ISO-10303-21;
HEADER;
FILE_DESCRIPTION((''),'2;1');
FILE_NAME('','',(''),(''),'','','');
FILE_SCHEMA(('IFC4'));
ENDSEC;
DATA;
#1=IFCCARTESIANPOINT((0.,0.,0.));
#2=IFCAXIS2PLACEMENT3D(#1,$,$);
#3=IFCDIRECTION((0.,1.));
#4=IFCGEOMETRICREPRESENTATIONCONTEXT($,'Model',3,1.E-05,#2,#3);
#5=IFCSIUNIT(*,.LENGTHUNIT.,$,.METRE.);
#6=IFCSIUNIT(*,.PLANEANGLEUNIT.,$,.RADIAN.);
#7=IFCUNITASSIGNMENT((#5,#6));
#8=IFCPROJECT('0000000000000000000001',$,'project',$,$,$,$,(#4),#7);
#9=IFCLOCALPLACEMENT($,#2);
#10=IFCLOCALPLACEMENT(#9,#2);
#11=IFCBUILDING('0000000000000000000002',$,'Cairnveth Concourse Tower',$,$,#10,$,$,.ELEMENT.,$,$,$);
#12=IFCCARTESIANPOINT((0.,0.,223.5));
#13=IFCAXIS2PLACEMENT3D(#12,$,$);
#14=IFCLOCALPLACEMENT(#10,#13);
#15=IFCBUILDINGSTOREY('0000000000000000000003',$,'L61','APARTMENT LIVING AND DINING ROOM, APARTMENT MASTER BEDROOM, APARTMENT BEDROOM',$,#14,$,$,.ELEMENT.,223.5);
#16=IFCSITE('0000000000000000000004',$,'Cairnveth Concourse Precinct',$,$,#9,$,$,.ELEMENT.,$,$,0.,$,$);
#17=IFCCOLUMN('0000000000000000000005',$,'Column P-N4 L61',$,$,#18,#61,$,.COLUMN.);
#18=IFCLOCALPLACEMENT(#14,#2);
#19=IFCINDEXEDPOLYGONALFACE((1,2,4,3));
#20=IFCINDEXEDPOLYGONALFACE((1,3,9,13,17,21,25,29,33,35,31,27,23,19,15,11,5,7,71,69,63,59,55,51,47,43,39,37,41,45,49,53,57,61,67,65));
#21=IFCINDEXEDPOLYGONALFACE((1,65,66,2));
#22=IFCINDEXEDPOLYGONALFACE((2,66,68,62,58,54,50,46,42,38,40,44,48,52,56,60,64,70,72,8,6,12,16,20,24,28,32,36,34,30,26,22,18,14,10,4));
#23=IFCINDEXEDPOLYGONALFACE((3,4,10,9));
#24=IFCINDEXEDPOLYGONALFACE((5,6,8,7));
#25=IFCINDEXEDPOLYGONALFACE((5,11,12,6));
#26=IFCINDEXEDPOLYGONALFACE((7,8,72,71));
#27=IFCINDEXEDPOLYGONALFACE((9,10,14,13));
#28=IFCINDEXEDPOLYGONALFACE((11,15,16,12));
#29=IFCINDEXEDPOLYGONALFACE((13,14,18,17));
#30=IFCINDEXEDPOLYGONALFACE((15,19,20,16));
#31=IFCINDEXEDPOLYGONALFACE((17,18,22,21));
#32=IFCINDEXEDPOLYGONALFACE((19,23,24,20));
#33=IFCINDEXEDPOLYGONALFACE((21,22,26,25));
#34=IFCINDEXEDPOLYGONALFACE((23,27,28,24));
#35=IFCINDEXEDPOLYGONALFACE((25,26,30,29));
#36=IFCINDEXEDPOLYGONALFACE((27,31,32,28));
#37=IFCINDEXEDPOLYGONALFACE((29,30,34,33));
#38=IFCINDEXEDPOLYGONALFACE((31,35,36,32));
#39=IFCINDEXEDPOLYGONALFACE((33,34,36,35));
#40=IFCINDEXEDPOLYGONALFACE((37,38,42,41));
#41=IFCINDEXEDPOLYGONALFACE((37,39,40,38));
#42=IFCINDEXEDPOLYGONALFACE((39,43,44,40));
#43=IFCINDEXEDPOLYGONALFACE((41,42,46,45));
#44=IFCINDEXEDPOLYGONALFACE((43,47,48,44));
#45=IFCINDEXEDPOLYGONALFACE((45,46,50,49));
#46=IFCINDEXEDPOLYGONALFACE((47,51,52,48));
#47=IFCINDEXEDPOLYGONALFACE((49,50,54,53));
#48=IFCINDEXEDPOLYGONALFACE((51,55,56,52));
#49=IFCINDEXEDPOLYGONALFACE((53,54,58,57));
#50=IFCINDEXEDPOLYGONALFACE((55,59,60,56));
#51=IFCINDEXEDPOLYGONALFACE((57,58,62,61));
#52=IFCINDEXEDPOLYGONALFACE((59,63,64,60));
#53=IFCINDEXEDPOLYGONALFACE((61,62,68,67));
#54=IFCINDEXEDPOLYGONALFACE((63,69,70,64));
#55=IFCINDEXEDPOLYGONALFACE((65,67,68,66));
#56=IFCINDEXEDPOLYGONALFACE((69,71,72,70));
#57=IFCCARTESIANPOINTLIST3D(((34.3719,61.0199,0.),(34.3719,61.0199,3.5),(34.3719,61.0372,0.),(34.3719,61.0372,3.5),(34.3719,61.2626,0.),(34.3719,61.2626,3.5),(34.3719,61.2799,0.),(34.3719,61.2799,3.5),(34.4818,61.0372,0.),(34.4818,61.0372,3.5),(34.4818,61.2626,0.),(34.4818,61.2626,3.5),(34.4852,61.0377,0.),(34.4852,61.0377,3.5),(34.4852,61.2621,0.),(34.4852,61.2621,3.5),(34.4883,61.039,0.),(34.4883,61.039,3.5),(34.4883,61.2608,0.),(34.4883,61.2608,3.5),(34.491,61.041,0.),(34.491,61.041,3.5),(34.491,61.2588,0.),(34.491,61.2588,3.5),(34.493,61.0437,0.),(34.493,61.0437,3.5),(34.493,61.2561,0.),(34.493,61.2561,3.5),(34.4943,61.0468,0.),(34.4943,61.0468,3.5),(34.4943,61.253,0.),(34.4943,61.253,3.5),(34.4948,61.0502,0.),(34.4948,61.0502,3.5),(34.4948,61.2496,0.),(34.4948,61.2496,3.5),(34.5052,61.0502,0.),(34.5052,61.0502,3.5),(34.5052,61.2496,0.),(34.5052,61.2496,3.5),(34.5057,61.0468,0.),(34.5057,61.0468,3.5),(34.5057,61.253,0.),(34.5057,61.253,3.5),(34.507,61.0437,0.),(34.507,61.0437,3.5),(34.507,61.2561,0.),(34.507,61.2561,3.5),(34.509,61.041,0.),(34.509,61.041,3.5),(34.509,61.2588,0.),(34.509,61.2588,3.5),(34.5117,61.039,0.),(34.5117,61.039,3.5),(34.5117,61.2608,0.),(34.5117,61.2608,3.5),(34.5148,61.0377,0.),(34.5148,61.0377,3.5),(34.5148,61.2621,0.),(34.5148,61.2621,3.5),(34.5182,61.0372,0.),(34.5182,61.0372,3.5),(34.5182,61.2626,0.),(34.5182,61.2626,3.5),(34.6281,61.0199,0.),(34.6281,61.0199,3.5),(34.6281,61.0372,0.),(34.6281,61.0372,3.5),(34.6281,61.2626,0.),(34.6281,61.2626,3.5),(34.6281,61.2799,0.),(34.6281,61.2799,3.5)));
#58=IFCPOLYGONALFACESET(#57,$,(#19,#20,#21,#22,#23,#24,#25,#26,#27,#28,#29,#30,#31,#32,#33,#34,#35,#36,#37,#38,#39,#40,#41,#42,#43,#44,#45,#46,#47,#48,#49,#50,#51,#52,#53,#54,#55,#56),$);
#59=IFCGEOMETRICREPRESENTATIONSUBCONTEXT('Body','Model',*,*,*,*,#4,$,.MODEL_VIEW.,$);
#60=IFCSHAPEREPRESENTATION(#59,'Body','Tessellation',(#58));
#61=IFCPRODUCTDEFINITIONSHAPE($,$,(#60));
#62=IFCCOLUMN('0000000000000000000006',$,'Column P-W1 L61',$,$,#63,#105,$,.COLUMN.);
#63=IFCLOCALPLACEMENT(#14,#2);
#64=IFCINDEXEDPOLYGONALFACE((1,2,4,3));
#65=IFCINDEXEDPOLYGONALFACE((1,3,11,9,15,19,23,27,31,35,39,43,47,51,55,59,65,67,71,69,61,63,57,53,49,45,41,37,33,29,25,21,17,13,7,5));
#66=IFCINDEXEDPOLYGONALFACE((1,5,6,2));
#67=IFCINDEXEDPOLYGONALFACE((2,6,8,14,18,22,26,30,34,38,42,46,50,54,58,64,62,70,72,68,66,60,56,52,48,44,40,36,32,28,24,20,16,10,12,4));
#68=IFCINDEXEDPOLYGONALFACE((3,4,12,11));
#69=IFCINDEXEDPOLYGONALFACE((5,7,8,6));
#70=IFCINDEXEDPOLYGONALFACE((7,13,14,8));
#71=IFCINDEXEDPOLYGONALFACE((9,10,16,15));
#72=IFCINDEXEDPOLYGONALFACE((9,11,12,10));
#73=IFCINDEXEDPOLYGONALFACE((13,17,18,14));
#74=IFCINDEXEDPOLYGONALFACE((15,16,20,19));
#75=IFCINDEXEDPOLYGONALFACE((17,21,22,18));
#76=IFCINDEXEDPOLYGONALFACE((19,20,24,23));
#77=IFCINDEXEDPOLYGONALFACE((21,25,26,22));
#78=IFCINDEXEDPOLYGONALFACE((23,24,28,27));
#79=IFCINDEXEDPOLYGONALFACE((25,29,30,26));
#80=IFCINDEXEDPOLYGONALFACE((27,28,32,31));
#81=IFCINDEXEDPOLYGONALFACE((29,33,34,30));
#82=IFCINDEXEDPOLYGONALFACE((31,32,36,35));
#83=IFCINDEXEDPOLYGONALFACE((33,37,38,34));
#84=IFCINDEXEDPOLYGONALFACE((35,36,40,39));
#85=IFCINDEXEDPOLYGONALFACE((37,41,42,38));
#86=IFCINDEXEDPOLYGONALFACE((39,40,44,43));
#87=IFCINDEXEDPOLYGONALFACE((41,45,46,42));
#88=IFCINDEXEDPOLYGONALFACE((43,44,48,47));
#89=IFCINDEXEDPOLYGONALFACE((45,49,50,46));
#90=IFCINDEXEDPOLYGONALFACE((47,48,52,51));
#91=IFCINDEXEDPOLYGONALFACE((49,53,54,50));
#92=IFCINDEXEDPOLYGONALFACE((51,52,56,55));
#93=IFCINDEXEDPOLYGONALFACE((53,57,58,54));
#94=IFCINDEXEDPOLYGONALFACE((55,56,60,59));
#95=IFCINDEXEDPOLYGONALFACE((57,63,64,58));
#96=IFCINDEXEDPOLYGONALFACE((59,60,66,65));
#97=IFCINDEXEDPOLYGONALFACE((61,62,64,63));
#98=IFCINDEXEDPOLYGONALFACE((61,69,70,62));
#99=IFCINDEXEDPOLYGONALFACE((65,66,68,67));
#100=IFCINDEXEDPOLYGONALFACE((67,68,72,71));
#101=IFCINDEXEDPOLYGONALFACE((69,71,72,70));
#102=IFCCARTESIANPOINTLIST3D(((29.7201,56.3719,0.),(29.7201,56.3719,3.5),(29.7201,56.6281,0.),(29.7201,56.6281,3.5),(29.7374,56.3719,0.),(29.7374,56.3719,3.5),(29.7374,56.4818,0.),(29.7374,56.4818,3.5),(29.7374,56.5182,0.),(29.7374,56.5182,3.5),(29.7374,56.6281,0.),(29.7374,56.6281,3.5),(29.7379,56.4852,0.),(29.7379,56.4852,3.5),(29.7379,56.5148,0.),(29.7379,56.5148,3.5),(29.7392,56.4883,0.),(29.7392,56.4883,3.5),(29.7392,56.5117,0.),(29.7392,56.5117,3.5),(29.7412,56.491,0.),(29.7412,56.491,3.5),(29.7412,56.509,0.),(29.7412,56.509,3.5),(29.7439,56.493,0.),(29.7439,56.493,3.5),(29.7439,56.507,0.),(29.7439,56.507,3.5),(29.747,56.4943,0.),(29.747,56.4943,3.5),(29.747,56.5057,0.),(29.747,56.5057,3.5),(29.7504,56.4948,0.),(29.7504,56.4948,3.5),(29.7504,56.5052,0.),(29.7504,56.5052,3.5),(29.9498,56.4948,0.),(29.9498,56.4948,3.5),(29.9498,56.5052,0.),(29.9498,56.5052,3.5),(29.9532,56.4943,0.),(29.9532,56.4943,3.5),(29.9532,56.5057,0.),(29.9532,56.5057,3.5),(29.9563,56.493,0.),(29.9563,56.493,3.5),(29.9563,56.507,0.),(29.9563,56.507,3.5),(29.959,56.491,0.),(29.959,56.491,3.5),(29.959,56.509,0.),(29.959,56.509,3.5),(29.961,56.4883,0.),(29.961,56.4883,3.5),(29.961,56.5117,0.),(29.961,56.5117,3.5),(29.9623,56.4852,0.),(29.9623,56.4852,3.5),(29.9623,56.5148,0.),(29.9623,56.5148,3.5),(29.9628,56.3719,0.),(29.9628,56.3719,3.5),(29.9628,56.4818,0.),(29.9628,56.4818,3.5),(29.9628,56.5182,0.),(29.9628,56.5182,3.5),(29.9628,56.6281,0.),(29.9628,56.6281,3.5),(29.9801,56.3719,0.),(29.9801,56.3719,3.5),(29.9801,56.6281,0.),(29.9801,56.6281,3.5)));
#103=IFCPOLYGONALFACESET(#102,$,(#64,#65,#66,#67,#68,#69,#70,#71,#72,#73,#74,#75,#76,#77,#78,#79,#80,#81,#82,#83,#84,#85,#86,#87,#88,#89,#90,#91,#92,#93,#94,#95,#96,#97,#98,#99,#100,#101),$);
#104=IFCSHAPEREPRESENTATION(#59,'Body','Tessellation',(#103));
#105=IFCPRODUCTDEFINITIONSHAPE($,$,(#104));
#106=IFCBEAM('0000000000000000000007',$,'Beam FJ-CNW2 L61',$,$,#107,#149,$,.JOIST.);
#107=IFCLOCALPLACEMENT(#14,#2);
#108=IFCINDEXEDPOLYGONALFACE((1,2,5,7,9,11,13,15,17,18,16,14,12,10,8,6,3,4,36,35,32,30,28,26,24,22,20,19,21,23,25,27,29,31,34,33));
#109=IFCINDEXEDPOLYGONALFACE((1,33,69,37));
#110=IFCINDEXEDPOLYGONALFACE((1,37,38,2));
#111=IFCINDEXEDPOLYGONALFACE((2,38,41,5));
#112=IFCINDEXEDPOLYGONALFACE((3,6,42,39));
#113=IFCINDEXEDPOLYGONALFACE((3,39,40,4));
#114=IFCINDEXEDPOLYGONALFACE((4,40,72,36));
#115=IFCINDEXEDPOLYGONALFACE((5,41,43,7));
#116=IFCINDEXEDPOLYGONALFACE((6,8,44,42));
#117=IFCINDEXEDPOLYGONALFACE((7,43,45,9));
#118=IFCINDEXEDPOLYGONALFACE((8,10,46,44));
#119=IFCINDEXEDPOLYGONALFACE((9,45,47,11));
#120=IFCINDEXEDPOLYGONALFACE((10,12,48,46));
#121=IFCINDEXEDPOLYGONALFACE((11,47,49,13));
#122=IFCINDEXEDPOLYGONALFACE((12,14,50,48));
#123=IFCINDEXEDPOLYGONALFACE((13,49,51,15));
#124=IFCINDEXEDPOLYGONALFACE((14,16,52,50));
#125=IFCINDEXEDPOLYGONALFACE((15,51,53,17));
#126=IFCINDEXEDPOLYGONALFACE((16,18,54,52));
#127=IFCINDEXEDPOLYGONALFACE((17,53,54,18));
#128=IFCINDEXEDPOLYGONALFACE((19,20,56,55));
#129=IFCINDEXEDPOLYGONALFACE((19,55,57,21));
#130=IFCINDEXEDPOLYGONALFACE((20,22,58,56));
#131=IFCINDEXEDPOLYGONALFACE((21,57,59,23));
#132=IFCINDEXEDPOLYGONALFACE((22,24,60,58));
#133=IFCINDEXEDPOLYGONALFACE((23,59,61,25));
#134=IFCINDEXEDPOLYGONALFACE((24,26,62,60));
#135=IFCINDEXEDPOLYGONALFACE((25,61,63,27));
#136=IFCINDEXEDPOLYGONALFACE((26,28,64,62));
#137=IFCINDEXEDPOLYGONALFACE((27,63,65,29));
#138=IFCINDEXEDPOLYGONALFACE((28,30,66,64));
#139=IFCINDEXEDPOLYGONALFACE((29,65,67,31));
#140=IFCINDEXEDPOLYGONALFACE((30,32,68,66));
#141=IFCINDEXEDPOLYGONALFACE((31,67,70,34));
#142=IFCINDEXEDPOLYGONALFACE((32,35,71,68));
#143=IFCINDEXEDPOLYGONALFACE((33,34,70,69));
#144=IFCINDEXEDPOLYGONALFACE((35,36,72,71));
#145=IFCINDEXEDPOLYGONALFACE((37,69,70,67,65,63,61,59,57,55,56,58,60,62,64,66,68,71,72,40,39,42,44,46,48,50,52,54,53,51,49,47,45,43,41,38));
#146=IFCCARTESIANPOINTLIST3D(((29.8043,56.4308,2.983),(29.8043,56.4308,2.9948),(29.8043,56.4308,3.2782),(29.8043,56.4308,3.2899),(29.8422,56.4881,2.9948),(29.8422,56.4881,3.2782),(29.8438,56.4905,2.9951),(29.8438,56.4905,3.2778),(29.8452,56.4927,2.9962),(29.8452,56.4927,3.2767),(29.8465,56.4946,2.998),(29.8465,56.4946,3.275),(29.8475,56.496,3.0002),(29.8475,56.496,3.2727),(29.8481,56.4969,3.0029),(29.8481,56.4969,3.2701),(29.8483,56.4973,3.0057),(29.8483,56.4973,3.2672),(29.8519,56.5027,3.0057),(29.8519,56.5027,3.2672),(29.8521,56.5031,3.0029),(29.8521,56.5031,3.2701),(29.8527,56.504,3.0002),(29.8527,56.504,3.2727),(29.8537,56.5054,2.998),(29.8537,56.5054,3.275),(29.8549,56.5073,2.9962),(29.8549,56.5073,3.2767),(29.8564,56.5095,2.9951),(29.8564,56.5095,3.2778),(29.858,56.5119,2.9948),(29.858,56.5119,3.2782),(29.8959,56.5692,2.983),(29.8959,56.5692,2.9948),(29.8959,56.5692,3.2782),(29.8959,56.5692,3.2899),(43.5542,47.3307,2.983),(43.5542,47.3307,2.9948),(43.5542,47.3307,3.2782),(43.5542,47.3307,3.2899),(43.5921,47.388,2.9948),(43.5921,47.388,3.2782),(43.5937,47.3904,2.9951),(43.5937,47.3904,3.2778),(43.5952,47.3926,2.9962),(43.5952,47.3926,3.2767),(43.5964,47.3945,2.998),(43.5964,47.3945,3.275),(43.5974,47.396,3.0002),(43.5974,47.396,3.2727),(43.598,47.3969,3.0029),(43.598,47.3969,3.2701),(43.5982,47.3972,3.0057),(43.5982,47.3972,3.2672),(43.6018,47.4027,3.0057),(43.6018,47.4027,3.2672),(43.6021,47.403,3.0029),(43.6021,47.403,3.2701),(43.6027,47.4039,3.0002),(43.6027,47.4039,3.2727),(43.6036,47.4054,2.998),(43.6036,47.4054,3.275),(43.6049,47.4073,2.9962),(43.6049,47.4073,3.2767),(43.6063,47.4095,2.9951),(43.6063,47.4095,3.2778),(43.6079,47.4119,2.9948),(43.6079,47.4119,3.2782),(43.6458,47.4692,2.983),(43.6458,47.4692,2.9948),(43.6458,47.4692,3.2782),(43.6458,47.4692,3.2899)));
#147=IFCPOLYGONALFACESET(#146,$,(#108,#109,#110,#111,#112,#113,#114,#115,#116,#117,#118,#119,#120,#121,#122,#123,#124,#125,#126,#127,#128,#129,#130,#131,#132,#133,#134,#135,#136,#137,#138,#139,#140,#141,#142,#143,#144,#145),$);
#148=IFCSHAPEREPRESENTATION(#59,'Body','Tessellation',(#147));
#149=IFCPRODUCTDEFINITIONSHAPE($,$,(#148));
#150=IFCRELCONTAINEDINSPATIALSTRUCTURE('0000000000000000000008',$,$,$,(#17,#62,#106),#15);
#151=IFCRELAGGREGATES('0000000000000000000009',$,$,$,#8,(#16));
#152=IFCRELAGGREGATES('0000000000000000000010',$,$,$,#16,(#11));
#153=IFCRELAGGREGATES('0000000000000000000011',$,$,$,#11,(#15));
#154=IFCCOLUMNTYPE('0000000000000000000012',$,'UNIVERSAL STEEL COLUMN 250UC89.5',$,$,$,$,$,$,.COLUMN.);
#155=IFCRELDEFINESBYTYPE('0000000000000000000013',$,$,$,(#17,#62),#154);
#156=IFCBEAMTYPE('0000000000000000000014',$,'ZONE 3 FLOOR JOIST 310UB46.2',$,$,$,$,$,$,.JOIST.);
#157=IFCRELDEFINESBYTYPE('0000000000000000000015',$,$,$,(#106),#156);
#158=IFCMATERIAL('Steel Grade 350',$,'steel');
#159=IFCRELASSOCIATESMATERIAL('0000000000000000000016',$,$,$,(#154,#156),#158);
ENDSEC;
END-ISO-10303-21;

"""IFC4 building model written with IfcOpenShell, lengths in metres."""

from ifc_helpers import new_model, si_unit, direction, frame, origin, origin_2d, place, context, subcontext, project, spatial, i_section, extrude, material, material_profile, profile_set, type_object, element, save


model = new_model("IFC4")

# Units and contexts
model_context = context("Model", 3, precision=1e-05, world=origin(), true_north=direction((0.0, 1.0)))
body_context = subcontext(model_context, "Body", "Model", "MODEL_VIEW")
ifc_project = project(units=[si_unit("LENGTHUNIT", "METRE"), si_unit("PLANEANGLEUNIT", "RADIAN")], contexts=[model_context])

# Site, building, storey
site_placement = place(None, origin())
site = spatial("IfcSite", under=ifc_project, at=site_placement, Name="Cairnveth Concourse Precinct", CompositionType="ELEMENT", RefElevation=0.0)
building_placement = place(site_placement, origin())
building = spatial("IfcBuilding", under=site, at=building_placement, Name="Cairnveth Concourse Tower", CompositionType="ELEMENT")
storey_placement = place(building_placement, frame((0.0, 0.0, 223.5)))
storey = spatial("IfcBuildingStorey", under=building, at=storey_placement, Name="L61", Description="APARTMENT LIVING AND DINING ROOM, APARTMENT MASTER BEDROOM, APARTMENT BEDROOM", CompositionType="ELEMENT", Elevation=223.5)

# Columns
ifc_material_1 = material(Name="Steel Grade 350", Category="steel")
ifc_material_profile_1 = material_profile(ifc_material_1, i_section(OverallWidth=0.2561, OverallDepth=0.26, WebThickness=0.0105, FlangeThickness=0.0173, FilletRadius=0.0129, at=origin_2d()), Name="250UC89.5")
ifc_profile_set_1 = profile_set([ifc_material_profile_1], Name="Steel Grade 350")
column_type = type_object("IfcColumnType", Name="UNIVERSAL STEEL COLUMN 250UC89.5", PredefinedType="COLUMN", material=ifc_profile_set_1)
for number, where, z_axis, x_axis, name in (
    (1, (34.5, 61.1499, 0.0), (0.0, 0.0, 1.0), (1.0, 0.0, 0.0), "Column P-N4 L61"),
    (2, (29.8501, 56.5, 0.0), (0.0, 0.0, 1.0), (0.0, 1.0, 0.0), "Column P-W1 L61"),
):
    element("IfcColumn", number, at=place(storey_placement, frame(where, z_axis=z_axis, x_axis=x_axis)), inside=storey, type_object=column_type, Name=name, PredefinedType="COLUMN", context=body_context, shape_type="SweptSolid", body=[
        extrude(i_section(OverallWidth=0.2561, OverallDepth=0.26, WebThickness=0.0105, FlangeThickness=0.0173, FilletRadius=0.0129, at=origin_2d()), origin(), (0.0, 0.0, 1.0), 3.5),
    ])

# Beam
ifc_material_profile_2 = material_profile(ifc_material_1, i_section(OverallWidth=0.166, OverallDepth=0.3069, WebThickness=0.0066, FlangeThickness=0.0117, FilletRadius=0.011, at=origin_2d()), Name="310UB46.2")
ifc_profile_set_2 = profile_set([ifc_material_profile_2], Name="Steel Grade 350")
beam_type_1 = type_object("IfcBeamType", Name="ZONE 3 FLOOR JOIST 310UB46.2", PredefinedType="JOIST", material=ifc_profile_set_2)
beam_1_placement = place(storey_placement, frame((29.8501, 56.5, 3.1365), z_axis=(0.833909, -0.551902, 0.0), x_axis=(0.551902, 0.833909, 0.0)))
element("IfcBeam", 3, at=beam_1_placement, inside=storey, type_object=beam_type_1, Name="Beam FJ-CNW2 L61", PredefinedType="JOIST", context=body_context, shape_type="SweptSolid", body=[
    extrude(i_section(OverallWidth=0.166, OverallDepth=0.3069, WebThickness=0.0066, FlangeThickness=0.0117, FilletRadius=0.011, at=origin_2d()), origin(), (0.0, 0.0, 1.0), 16.4885),
])

save(model, "model.ifc")
